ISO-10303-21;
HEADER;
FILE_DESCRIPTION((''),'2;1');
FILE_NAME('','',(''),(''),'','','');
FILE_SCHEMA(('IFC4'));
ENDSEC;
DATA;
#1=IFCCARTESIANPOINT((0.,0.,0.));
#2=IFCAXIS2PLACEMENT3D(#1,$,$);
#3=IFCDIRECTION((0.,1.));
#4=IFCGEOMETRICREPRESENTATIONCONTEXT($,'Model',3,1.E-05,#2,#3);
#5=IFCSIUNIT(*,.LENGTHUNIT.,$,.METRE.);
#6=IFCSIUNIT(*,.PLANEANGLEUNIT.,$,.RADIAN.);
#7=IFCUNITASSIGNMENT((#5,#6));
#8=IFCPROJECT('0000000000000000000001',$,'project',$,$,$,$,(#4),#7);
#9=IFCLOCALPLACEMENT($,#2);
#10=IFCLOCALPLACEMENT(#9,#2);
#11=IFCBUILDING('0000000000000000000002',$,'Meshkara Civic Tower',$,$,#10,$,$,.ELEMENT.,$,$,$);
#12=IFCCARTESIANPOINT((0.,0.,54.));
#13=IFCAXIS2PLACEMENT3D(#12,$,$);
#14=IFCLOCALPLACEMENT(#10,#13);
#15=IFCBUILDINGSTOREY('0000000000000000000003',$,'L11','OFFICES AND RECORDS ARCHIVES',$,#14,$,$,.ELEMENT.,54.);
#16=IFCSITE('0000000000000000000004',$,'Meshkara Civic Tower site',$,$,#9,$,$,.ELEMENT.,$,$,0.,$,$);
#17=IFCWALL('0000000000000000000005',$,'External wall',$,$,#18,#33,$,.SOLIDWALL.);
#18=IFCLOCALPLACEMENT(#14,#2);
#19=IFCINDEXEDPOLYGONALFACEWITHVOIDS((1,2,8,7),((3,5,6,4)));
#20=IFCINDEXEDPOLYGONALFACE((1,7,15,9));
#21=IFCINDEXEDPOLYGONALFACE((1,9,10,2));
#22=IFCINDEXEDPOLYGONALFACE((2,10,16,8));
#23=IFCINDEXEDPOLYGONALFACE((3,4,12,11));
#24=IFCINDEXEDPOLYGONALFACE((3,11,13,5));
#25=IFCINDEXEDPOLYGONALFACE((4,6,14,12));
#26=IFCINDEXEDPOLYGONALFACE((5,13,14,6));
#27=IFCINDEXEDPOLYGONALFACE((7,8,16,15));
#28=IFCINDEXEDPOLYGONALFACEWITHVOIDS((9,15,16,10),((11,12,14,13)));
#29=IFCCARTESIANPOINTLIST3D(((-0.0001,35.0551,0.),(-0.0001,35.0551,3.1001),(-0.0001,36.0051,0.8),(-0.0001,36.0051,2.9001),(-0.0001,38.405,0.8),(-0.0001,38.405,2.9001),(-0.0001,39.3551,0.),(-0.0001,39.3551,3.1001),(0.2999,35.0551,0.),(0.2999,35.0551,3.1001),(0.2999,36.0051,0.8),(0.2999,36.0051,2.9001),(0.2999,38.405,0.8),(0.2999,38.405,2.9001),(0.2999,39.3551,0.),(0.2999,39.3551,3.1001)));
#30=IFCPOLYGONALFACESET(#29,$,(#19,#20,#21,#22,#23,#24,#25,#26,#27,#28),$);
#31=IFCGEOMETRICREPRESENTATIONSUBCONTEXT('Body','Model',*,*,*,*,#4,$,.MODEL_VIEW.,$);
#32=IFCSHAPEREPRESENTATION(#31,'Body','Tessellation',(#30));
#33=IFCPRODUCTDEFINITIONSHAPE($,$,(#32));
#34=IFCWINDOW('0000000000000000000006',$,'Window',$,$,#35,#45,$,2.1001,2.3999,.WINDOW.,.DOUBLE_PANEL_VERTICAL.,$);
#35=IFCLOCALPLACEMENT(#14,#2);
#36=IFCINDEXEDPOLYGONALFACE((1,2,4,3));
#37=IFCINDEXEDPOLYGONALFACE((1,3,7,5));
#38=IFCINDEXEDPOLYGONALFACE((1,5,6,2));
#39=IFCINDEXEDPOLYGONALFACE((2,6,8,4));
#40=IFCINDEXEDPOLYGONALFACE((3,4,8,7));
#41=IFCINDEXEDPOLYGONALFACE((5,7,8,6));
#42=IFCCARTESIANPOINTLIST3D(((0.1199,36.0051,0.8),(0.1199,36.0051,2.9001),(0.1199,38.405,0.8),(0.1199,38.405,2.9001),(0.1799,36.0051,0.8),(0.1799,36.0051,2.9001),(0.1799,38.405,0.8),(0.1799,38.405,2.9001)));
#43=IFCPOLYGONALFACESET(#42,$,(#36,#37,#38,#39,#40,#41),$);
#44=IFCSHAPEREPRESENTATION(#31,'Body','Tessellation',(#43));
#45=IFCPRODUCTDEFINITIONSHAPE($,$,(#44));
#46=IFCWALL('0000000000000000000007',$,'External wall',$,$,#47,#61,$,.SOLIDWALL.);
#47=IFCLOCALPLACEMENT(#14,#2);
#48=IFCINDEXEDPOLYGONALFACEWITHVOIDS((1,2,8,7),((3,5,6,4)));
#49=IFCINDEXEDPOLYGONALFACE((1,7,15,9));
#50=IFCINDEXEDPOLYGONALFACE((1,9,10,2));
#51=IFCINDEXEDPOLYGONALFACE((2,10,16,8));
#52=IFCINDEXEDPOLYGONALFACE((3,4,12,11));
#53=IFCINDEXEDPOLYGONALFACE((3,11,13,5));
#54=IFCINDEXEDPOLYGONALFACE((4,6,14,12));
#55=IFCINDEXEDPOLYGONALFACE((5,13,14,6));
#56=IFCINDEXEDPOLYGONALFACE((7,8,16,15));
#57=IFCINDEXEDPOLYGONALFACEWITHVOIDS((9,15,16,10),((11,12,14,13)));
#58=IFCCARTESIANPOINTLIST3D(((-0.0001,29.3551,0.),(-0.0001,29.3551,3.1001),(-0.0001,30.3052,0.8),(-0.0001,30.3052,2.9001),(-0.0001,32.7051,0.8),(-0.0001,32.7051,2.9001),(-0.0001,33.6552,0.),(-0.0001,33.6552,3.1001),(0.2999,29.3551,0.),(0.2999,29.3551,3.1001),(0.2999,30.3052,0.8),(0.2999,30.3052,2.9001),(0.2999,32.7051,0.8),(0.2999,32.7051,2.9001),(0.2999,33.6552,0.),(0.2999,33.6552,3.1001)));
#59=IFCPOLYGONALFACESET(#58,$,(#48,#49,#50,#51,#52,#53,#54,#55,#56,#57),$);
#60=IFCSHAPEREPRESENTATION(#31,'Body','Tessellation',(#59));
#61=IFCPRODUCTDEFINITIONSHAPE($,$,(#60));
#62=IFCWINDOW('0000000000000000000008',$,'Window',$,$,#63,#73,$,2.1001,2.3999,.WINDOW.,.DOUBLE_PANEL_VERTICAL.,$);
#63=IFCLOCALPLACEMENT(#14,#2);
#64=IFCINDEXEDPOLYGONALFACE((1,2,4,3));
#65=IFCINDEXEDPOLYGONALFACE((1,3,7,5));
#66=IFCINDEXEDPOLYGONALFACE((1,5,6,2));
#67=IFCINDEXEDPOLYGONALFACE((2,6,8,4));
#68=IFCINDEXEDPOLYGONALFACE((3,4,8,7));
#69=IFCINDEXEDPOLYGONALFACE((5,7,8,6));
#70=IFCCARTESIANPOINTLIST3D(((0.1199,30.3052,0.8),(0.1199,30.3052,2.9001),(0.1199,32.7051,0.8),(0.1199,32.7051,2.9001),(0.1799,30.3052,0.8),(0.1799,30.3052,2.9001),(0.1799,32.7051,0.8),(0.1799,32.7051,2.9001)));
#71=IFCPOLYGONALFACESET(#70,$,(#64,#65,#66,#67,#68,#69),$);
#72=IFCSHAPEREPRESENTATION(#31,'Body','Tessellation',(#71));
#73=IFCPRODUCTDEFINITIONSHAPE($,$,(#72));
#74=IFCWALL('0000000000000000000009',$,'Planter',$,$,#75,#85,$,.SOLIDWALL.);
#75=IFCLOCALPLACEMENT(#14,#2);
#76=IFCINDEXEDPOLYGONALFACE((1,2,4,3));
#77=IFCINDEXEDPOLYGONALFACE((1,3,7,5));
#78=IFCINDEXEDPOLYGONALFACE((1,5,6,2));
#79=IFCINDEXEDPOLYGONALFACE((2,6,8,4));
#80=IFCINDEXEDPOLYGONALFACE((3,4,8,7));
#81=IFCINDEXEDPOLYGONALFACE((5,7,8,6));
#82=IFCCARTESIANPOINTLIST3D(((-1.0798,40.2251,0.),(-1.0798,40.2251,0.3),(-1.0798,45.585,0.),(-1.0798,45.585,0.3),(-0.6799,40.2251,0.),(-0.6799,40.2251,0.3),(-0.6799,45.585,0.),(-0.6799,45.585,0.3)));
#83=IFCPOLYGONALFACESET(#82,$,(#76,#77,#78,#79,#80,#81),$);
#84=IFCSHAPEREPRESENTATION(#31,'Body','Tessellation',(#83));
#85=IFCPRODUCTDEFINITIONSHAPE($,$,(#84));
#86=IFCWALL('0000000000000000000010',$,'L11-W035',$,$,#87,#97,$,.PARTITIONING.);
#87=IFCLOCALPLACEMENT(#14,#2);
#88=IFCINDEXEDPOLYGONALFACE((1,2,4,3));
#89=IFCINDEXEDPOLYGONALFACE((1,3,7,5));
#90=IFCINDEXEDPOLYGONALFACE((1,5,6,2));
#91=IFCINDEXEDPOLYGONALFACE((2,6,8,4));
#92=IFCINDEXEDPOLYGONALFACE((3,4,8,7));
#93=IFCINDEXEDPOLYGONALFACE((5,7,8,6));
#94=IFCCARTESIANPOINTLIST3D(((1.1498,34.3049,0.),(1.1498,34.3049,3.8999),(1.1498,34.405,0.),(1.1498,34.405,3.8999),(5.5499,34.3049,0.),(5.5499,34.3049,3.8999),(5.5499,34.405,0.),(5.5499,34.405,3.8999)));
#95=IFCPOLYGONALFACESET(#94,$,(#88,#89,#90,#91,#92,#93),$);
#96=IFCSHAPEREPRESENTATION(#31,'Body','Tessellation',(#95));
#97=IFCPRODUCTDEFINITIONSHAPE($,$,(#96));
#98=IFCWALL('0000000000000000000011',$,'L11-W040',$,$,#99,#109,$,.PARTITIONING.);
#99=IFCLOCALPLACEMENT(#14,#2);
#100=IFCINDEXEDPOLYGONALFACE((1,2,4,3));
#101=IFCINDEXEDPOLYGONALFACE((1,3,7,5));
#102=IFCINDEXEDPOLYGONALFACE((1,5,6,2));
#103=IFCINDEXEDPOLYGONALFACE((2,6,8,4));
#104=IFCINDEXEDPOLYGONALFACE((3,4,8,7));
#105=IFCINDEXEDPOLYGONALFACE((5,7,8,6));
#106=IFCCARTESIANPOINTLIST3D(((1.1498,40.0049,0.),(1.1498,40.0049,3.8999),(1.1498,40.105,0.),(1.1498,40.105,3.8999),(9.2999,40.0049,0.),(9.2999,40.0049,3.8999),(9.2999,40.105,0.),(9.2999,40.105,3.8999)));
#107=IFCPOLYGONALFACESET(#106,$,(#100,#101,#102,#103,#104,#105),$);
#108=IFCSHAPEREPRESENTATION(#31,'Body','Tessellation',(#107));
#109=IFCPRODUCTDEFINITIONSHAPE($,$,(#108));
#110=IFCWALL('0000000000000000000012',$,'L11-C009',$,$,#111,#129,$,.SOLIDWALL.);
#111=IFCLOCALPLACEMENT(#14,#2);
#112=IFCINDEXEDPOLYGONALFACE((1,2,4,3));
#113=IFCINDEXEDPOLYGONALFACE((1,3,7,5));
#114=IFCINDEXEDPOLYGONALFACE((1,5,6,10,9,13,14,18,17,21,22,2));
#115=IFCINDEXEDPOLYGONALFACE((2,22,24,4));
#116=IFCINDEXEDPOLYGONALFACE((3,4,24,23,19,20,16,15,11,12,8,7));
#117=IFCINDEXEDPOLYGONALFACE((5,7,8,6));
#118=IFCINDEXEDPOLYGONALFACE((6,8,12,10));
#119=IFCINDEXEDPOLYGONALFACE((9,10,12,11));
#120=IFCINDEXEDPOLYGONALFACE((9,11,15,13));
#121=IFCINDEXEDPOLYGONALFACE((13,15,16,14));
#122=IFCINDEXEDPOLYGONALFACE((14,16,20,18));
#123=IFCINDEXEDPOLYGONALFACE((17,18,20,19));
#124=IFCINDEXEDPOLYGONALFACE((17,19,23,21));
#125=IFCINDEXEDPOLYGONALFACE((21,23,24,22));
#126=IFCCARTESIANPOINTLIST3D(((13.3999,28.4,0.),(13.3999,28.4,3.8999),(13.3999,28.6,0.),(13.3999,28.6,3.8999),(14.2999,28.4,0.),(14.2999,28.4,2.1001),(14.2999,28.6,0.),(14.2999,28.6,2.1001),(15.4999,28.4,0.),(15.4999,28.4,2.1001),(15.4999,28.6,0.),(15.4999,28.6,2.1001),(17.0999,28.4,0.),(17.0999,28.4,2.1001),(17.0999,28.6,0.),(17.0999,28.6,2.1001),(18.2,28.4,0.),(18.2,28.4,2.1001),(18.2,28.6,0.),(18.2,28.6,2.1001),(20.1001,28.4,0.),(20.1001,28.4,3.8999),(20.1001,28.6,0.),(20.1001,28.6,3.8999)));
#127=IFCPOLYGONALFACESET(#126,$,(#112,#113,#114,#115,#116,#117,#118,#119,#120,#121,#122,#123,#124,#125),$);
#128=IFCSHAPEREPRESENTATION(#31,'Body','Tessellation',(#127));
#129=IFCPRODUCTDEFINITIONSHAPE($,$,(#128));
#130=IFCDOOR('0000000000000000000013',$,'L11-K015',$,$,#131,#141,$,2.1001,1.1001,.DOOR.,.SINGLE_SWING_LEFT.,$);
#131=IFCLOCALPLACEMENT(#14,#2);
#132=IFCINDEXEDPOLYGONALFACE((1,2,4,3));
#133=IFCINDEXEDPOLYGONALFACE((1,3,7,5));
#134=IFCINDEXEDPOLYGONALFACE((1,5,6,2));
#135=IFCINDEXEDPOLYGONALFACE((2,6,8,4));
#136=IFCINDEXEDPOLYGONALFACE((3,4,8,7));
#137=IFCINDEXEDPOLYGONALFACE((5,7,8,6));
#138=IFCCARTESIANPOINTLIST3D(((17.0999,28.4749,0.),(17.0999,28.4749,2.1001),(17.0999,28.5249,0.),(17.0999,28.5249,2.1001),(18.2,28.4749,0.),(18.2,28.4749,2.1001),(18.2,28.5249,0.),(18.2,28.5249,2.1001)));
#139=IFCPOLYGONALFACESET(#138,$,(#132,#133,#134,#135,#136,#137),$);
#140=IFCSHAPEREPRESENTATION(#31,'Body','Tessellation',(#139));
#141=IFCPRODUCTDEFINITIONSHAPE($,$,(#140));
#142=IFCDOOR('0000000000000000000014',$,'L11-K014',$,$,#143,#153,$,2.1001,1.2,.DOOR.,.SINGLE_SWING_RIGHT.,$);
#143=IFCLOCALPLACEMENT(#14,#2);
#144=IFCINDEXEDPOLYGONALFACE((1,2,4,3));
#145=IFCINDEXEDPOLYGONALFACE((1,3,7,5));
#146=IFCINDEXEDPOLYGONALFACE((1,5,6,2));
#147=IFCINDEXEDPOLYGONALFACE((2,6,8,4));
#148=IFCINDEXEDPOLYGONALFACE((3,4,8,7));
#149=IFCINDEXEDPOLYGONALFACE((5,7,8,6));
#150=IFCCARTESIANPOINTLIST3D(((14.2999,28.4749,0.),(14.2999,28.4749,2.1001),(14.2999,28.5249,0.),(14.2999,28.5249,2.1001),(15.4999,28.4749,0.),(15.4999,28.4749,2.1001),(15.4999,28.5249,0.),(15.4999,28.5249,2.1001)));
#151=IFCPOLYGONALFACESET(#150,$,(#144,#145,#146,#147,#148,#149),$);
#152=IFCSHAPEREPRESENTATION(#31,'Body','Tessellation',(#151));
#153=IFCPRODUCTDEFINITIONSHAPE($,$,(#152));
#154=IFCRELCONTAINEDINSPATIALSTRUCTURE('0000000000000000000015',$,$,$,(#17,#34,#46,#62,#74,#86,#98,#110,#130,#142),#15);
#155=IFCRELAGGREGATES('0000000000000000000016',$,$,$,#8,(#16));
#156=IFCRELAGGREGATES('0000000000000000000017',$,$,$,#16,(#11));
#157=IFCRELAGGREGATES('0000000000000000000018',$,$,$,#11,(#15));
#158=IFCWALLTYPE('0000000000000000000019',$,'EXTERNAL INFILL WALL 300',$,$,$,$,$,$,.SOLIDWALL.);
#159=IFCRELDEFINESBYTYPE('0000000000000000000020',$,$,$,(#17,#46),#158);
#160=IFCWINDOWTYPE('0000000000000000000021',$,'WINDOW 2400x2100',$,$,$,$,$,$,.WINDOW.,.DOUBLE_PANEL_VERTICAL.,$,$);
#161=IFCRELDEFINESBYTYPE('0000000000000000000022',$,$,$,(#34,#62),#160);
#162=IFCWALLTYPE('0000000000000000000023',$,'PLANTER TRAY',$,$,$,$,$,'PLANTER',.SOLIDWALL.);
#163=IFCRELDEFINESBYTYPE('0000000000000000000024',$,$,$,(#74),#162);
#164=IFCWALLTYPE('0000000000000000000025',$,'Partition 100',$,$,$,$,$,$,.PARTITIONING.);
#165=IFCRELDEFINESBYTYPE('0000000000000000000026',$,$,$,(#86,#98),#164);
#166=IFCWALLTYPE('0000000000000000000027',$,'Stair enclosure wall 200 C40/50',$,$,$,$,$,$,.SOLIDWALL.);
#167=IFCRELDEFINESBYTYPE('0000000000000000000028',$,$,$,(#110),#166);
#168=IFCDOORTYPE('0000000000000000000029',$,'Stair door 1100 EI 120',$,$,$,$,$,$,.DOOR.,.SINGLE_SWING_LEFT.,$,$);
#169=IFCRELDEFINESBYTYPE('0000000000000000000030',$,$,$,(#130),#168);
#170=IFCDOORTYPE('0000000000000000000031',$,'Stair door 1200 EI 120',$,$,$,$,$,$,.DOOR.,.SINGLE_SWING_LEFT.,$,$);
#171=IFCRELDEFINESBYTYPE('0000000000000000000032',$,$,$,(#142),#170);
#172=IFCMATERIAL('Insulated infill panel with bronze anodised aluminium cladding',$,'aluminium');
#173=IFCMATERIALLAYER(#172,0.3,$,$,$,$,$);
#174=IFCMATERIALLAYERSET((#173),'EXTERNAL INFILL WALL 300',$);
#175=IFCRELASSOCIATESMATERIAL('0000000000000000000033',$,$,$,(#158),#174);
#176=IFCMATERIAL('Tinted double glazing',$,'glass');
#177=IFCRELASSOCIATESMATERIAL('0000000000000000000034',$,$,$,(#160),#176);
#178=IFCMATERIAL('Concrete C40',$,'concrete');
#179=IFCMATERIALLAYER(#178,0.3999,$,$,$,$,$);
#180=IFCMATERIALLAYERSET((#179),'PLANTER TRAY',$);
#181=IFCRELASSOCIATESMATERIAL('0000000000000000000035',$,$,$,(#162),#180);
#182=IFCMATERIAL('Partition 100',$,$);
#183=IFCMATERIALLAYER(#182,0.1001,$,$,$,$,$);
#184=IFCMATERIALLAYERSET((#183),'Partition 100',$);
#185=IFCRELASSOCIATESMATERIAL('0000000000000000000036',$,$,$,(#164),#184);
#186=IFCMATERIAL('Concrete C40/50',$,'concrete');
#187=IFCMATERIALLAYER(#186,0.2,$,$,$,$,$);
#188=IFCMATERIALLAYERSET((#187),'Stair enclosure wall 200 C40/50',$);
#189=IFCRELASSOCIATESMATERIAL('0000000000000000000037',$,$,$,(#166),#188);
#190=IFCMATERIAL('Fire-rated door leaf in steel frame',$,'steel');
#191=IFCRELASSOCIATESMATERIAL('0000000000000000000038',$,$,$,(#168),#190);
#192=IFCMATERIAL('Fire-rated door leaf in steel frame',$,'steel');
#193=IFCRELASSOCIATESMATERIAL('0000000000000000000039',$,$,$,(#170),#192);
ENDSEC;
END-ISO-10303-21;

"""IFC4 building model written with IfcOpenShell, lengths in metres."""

from ifc_helpers import new_model, si_unit, direction, frame, frame_2d, origin, place, context, subcontext, project, spatial, rectangle, extrude, material, layer, layer_set, type_object, element, fill, save


model = new_model("IFC4")

# Units and contexts
model_context = context("Model", 3, precision=1e-05, world=origin(), true_north=direction((0.0, 1.0)))
body_context = subcontext(model_context, "Body", "Model", "MODEL_VIEW")
ifc_project = project(units=[si_unit("LENGTHUNIT", "METRE"), si_unit("PLANEANGLEUNIT", "RADIAN")], contexts=[model_context])

# Site, building, storey
site_placement = place(None, origin())
site = spatial("IfcSite", under=ifc_project, at=site_placement, Name="Meshkara Civic Tower site", CompositionType="ELEMENT", RefElevation=0.0)
building_placement = place(site_placement, origin())
building = spatial("IfcBuilding", under=site, at=building_placement, Name="Meshkara Civic Tower", CompositionType="ELEMENT")
storey_placement = place(building_placement, frame((0.0, 0.0, 54.0)))
storey = spatial("IfcBuildingStorey", under=building, at=storey_placement, Name="L11", Description="OFFICES AND RECORDS ARCHIVES", CompositionType="ELEMENT", Elevation=54.0)

# Walls, openings, windows
ifc_material_1 = material(Name="Insulated infill panel with bronze anodised aluminium cladding", Category="aluminium")
ifc_layer_1 = layer(ifc_material_1, 0.3)
ifc_layer_set_1 = layer_set([ifc_layer_1], Name="EXTERNAL INFILL WALL 300")
wall_type_1 = type_object("IfcWallType", Name="EXTERNAL INFILL WALL 300", PredefinedType="SOLIDWALL", material=ifc_layer_set_1)
wall_1_placement = place(storey_placement, frame((0.1499, 39.355, 0.0), z_axis=(0.0, 0.0, 1.0), x_axis=(0.0, -1.0, 0.0)))
wall_1 = element("IfcWall", 1, at=wall_1_placement, inside=storey, type_object=wall_type_1, Name="External wall", PredefinedType="SOLIDWALL", context=body_context, shape_type="SweptSolid", body=[
    extrude(rectangle(XDim=4.3, YDim=0.3, at=frame_2d((2.1499, 0.0))), origin(), (0.0, 0.0, 1.0), 3.1001),
])
opening_1_placement = place(wall_1_placement, frame((0.95, 0.0, 0.8)))
opening_1 = element("IfcOpeningElement", 2, at=opening_1_placement, cuts=wall_1, PredefinedType="OPENING", context=body_context, shape_type="SweptSolid", body=[
    extrude(rectangle(XDim=2.3999, YDim=2.1001, at=frame_2d((1.2, 1.05))), frame((0.0, 0.1599, 0.0), z_axis=(0.0, -1.0, 0.0), x_axis=(1.0, 0.0, 0.0)), (0.0, 0.0, 1.0), 0.3201),
])
ifc_material_2 = material(Name="Tinted double glazing", Category="glass")
window_type = type_object("IfcWindowType", Name="WINDOW 2400x2100", PartitioningType="DOUBLE_PANEL_VERTICAL", PredefinedType="WINDOW", material=ifc_material_2)
window_1_placement = place(opening_1_placement, origin())
window_1 = element("IfcWindow", 3, at=window_1_placement, inside=storey, type_object=window_type, Name="Window", OverallHeight=2.1001, OverallWidth=2.3999, PartitioningType="DOUBLE_PANEL_VERTICAL", PredefinedType="WINDOW", context=body_context, shape_type="SweptSolid", body=[
    extrude(rectangle(XDim=2.3999, YDim=2.1001, at=frame_2d((1.2, 1.05))), frame((0.0, 0.03, 0.0), z_axis=(0.0, -1.0, 0.0), x_axis=(1.0, 0.0, 0.0)), (0.0, 0.0, 1.0), 0.0601),
])
fill(opening_1, window_1)
wall_2_placement = place(storey_placement, frame((0.1499, 33.655, 0.0), z_axis=(0.0, 0.0, 1.0), x_axis=(0.0, -1.0, 0.0)))
wall_2 = element("IfcWall", 4, at=wall_2_placement, inside=storey, type_object=wall_type_1, Name="External wall", PredefinedType="SOLIDWALL", context=body_context, shape_type="SweptSolid", body=[
    extrude(rectangle(XDim=4.3, YDim=0.3, at=frame_2d((2.1499, 0.0))), origin(), (0.0, 0.0, 1.0), 3.1001),
])
opening_2_placement = place(wall_2_placement, frame((0.95, 0.0, 0.8)))
opening_2 = element("IfcOpeningElement", 5, at=opening_2_placement, cuts=wall_2, PredefinedType="OPENING", context=body_context, shape_type="SweptSolid", body=[
    extrude(rectangle(XDim=2.3999, YDim=2.1001, at=frame_2d((1.2, 1.05))), frame((0.0, 0.1599, 0.0), z_axis=(0.0, -1.0, 0.0), x_axis=(1.0, 0.0, 0.0)), (0.0, 0.0, 1.0), 0.3201),
])
window_2_placement = place(opening_2_placement, origin())
window_2 = element("IfcWindow", 6, at=window_2_placement, inside=storey, type_object=window_type, Name="Window", OverallHeight=2.1001, OverallWidth=2.3999, PartitioningType="DOUBLE_PANEL_VERTICAL", PredefinedType="WINDOW", context=body_context, shape_type="SweptSolid", body=[
    extrude(rectangle(XDim=2.3999, YDim=2.1001, at=frame_2d((1.2, 1.05))), frame((0.0, 0.03, 0.0), z_axis=(0.0, -1.0, 0.0), x_axis=(1.0, 0.0, 0.0)), (0.0, 0.0, 1.0), 0.0601),
])
fill(opening_2, window_2)

# Walls
ifc_material_3 = material(Name="Concrete C40", Category="concrete")
ifc_layer_2 = layer(ifc_material_3, 0.3999)
ifc_layer_set_2 = layer_set([ifc_layer_2], Name="PLANTER TRAY")
wall_type_2 = type_object("IfcWallType", Name="PLANTER TRAY", ElementType="PLANTER", PredefinedType="SOLIDWALL", material=ifc_layer_set_2)
wall_3_placement = place(storey_placement, frame((-0.8799, 45.585, 0.0), z_axis=(0.0, 0.0, 1.0), x_axis=(0.0, -1.0, 0.0)))
element("IfcWall", 7, at=wall_3_placement, inside=storey, type_object=wall_type_2, Name="Planter", PredefinedType="SOLIDWALL", context=body_context, shape_type="SweptSolid", body=[
    extrude(rectangle(XDim=5.3599, YDim=0.3999, at=frame_2d((2.6799, 0.0))), origin(), (0.0, 0.0, 1.0), 0.3),
])
ifc_material_4 = material(Name="Partition 100")
ifc_layer_3 = layer(ifc_material_4, 0.1001)
ifc_layer_set_3 = layer_set([ifc_layer_3], Name="Partition 100")
wall_type_3 = type_object("IfcWallType", Name="Partition 100", PredefinedType="PARTITIONING", material=ifc_layer_set_3)
wall_4_placement = place(storey_placement, frame((5.55, 34.355, 0.0), z_axis=(0.0, 0.0, 1.0), x_axis=(-1.0, 0.0, 0.0)))
element("IfcWall", 8, at=wall_4_placement, inside=storey, type_object=wall_type_3, Name="L11-W035", PredefinedType="PARTITIONING", context=body_context, shape_type="SweptSolid", body=[
    extrude(rectangle(XDim=4.4001, YDim=0.1001, at=frame_2d((2.2002, 0.0))), origin(), (0.0, 0.0, 1.0), 3.8999),
])
wall_5_placement = place(storey_placement, frame((9.3, 40.0549, 0.0), z_axis=(0.0, 0.0, 1.0), x_axis=(-1.0, 0.0, 0.0)))
element("IfcWall", 9, at=wall_5_placement, inside=storey, type_object=wall_type_3, Name="L11-W040", PredefinedType="PARTITIONING", context=body_context, shape_type="SweptSolid", body=[
    extrude(rectangle(XDim=8.1501, YDim=0.1001, at=frame_2d((4.0752, 0.0))), origin(), (0.0, 0.0, 1.0), 3.8999),
])

# Wall, openings, doors
ifc_material_5 = material(Name="Concrete C40/50", Category="concrete")
ifc_layer_4 = layer(ifc_material_5, 0.2)
ifc_layer_set_4 = layer_set([ifc_layer_4], Name="Stair enclosure wall 200 C40/50")
wall_type_4 = type_object("IfcWallType", Name="Stair enclosure wall 200 C40/50", PredefinedType="SOLIDWALL", material=ifc_layer_set_4)
wall_6_placement = place(storey_placement, frame((13.3999, 28.5, 0.0), z_axis=(0.0, 0.0, 1.0), x_axis=(1.0, 0.0, 0.0)))
wall_6 = element("IfcWall", 10, at=wall_6_placement, inside=storey, type_object=wall_type_4, Name="L11-C009", PredefinedType="SOLIDWALL", context=body_context, shape_type="SweptSolid", body=[
    extrude(rectangle(XDim=6.7002, YDim=0.2, at=frame_2d((3.3501, 0.0))), origin(), (0.0, 0.0, 1.0), 3.8999),
])
opening_3_placement = place(wall_6_placement, frame((0.8999, 0.0, 0.0)))
opening_3 = element("IfcOpeningElement", 11, at=opening_3_placement, cuts=wall_6, PredefinedType="OPENING", context=body_context, shape_type="SweptSolid", body=[
    extrude(rectangle(XDim=1.2, YDim=2.1001, at=frame_2d((0.6001, 1.05))), frame((0.0, 0.1099, 0.0), z_axis=(0.0, -1.0, 0.0), x_axis=(1.0, 0.0, 0.0)), (0.0, 0.0, 1.0), 0.22),
])
opening_4_placement = place(wall_6_placement, frame((3.7, 0.0, 0.0)))
opening_4 = element("IfcOpeningElement", 12, at=opening_4_placement, cuts=wall_6, PredefinedType="OPENING", context=body_context, shape_type="SweptSolid", body=[
    extrude(rectangle(XDim=1.1001, YDim=2.1001, at=frame_2d((0.55, 1.05))), frame((0.0, 0.1099, 0.0), z_axis=(0.0, -1.0, 0.0), x_axis=(1.0, 0.0, 0.0)), (0.0, 0.0, 1.0), 0.22),
])
ifc_material_6 = material(Name="Fire-rated door leaf in steel frame", Category="steel")
door_type_1 = type_object("IfcDoorType", Name="Stair door 1100 EI 120", OperationType="SINGLE_SWING_LEFT", PredefinedType="DOOR", material=ifc_material_6)
door_1_placement = place(opening_4_placement, origin())
door_1 = element("IfcDoor", 13, at=door_1_placement, inside=storey, type_object=door_type_1, Name="L11-K015", OperationType="SINGLE_SWING_LEFT", OverallHeight=2.1001, OverallWidth=1.1001, PredefinedType="DOOR", context=body_context, shape_type="SweptSolid", body=[
    extrude(rectangle(XDim=1.1001, YDim=2.1001, at=frame_2d((0.55, 1.05))), frame((0.0, 0.0249, 0.0), z_axis=(0.0, -1.0, 0.0), x_axis=(1.0, 0.0, 0.0)), (0.0, 0.0, 1.0), 0.05),
])
fill(opening_4, door_1)
ifc_material_7 = material(Name="Fire-rated door leaf in steel frame", Category="steel")
door_type_2 = type_object("IfcDoorType", Name="Stair door 1200 EI 120", OperationType="SINGLE_SWING_LEFT", PredefinedType="DOOR", material=ifc_material_7)
door_2_placement = place(opening_3_placement, origin())
door_2 = element("IfcDoor", 14, at=door_2_placement, inside=storey, type_object=door_type_2, Name="L11-K014", OperationType="SINGLE_SWING_RIGHT", OverallHeight=2.1001, OverallWidth=1.2, PredefinedType="DOOR", context=body_context, shape_type="SweptSolid", body=[
    extrude(rectangle(XDim=1.2, YDim=2.1001, at=frame_2d((0.6001, 1.05))), frame((0.0, 0.0249, 0.0), z_axis=(0.0, -1.0, 0.0), x_axis=(1.0, 0.0, 0.0)), (0.0, 0.0, 1.0), 0.05),
])
fill(opening_3, door_2)

save(model, "model.ifc")
